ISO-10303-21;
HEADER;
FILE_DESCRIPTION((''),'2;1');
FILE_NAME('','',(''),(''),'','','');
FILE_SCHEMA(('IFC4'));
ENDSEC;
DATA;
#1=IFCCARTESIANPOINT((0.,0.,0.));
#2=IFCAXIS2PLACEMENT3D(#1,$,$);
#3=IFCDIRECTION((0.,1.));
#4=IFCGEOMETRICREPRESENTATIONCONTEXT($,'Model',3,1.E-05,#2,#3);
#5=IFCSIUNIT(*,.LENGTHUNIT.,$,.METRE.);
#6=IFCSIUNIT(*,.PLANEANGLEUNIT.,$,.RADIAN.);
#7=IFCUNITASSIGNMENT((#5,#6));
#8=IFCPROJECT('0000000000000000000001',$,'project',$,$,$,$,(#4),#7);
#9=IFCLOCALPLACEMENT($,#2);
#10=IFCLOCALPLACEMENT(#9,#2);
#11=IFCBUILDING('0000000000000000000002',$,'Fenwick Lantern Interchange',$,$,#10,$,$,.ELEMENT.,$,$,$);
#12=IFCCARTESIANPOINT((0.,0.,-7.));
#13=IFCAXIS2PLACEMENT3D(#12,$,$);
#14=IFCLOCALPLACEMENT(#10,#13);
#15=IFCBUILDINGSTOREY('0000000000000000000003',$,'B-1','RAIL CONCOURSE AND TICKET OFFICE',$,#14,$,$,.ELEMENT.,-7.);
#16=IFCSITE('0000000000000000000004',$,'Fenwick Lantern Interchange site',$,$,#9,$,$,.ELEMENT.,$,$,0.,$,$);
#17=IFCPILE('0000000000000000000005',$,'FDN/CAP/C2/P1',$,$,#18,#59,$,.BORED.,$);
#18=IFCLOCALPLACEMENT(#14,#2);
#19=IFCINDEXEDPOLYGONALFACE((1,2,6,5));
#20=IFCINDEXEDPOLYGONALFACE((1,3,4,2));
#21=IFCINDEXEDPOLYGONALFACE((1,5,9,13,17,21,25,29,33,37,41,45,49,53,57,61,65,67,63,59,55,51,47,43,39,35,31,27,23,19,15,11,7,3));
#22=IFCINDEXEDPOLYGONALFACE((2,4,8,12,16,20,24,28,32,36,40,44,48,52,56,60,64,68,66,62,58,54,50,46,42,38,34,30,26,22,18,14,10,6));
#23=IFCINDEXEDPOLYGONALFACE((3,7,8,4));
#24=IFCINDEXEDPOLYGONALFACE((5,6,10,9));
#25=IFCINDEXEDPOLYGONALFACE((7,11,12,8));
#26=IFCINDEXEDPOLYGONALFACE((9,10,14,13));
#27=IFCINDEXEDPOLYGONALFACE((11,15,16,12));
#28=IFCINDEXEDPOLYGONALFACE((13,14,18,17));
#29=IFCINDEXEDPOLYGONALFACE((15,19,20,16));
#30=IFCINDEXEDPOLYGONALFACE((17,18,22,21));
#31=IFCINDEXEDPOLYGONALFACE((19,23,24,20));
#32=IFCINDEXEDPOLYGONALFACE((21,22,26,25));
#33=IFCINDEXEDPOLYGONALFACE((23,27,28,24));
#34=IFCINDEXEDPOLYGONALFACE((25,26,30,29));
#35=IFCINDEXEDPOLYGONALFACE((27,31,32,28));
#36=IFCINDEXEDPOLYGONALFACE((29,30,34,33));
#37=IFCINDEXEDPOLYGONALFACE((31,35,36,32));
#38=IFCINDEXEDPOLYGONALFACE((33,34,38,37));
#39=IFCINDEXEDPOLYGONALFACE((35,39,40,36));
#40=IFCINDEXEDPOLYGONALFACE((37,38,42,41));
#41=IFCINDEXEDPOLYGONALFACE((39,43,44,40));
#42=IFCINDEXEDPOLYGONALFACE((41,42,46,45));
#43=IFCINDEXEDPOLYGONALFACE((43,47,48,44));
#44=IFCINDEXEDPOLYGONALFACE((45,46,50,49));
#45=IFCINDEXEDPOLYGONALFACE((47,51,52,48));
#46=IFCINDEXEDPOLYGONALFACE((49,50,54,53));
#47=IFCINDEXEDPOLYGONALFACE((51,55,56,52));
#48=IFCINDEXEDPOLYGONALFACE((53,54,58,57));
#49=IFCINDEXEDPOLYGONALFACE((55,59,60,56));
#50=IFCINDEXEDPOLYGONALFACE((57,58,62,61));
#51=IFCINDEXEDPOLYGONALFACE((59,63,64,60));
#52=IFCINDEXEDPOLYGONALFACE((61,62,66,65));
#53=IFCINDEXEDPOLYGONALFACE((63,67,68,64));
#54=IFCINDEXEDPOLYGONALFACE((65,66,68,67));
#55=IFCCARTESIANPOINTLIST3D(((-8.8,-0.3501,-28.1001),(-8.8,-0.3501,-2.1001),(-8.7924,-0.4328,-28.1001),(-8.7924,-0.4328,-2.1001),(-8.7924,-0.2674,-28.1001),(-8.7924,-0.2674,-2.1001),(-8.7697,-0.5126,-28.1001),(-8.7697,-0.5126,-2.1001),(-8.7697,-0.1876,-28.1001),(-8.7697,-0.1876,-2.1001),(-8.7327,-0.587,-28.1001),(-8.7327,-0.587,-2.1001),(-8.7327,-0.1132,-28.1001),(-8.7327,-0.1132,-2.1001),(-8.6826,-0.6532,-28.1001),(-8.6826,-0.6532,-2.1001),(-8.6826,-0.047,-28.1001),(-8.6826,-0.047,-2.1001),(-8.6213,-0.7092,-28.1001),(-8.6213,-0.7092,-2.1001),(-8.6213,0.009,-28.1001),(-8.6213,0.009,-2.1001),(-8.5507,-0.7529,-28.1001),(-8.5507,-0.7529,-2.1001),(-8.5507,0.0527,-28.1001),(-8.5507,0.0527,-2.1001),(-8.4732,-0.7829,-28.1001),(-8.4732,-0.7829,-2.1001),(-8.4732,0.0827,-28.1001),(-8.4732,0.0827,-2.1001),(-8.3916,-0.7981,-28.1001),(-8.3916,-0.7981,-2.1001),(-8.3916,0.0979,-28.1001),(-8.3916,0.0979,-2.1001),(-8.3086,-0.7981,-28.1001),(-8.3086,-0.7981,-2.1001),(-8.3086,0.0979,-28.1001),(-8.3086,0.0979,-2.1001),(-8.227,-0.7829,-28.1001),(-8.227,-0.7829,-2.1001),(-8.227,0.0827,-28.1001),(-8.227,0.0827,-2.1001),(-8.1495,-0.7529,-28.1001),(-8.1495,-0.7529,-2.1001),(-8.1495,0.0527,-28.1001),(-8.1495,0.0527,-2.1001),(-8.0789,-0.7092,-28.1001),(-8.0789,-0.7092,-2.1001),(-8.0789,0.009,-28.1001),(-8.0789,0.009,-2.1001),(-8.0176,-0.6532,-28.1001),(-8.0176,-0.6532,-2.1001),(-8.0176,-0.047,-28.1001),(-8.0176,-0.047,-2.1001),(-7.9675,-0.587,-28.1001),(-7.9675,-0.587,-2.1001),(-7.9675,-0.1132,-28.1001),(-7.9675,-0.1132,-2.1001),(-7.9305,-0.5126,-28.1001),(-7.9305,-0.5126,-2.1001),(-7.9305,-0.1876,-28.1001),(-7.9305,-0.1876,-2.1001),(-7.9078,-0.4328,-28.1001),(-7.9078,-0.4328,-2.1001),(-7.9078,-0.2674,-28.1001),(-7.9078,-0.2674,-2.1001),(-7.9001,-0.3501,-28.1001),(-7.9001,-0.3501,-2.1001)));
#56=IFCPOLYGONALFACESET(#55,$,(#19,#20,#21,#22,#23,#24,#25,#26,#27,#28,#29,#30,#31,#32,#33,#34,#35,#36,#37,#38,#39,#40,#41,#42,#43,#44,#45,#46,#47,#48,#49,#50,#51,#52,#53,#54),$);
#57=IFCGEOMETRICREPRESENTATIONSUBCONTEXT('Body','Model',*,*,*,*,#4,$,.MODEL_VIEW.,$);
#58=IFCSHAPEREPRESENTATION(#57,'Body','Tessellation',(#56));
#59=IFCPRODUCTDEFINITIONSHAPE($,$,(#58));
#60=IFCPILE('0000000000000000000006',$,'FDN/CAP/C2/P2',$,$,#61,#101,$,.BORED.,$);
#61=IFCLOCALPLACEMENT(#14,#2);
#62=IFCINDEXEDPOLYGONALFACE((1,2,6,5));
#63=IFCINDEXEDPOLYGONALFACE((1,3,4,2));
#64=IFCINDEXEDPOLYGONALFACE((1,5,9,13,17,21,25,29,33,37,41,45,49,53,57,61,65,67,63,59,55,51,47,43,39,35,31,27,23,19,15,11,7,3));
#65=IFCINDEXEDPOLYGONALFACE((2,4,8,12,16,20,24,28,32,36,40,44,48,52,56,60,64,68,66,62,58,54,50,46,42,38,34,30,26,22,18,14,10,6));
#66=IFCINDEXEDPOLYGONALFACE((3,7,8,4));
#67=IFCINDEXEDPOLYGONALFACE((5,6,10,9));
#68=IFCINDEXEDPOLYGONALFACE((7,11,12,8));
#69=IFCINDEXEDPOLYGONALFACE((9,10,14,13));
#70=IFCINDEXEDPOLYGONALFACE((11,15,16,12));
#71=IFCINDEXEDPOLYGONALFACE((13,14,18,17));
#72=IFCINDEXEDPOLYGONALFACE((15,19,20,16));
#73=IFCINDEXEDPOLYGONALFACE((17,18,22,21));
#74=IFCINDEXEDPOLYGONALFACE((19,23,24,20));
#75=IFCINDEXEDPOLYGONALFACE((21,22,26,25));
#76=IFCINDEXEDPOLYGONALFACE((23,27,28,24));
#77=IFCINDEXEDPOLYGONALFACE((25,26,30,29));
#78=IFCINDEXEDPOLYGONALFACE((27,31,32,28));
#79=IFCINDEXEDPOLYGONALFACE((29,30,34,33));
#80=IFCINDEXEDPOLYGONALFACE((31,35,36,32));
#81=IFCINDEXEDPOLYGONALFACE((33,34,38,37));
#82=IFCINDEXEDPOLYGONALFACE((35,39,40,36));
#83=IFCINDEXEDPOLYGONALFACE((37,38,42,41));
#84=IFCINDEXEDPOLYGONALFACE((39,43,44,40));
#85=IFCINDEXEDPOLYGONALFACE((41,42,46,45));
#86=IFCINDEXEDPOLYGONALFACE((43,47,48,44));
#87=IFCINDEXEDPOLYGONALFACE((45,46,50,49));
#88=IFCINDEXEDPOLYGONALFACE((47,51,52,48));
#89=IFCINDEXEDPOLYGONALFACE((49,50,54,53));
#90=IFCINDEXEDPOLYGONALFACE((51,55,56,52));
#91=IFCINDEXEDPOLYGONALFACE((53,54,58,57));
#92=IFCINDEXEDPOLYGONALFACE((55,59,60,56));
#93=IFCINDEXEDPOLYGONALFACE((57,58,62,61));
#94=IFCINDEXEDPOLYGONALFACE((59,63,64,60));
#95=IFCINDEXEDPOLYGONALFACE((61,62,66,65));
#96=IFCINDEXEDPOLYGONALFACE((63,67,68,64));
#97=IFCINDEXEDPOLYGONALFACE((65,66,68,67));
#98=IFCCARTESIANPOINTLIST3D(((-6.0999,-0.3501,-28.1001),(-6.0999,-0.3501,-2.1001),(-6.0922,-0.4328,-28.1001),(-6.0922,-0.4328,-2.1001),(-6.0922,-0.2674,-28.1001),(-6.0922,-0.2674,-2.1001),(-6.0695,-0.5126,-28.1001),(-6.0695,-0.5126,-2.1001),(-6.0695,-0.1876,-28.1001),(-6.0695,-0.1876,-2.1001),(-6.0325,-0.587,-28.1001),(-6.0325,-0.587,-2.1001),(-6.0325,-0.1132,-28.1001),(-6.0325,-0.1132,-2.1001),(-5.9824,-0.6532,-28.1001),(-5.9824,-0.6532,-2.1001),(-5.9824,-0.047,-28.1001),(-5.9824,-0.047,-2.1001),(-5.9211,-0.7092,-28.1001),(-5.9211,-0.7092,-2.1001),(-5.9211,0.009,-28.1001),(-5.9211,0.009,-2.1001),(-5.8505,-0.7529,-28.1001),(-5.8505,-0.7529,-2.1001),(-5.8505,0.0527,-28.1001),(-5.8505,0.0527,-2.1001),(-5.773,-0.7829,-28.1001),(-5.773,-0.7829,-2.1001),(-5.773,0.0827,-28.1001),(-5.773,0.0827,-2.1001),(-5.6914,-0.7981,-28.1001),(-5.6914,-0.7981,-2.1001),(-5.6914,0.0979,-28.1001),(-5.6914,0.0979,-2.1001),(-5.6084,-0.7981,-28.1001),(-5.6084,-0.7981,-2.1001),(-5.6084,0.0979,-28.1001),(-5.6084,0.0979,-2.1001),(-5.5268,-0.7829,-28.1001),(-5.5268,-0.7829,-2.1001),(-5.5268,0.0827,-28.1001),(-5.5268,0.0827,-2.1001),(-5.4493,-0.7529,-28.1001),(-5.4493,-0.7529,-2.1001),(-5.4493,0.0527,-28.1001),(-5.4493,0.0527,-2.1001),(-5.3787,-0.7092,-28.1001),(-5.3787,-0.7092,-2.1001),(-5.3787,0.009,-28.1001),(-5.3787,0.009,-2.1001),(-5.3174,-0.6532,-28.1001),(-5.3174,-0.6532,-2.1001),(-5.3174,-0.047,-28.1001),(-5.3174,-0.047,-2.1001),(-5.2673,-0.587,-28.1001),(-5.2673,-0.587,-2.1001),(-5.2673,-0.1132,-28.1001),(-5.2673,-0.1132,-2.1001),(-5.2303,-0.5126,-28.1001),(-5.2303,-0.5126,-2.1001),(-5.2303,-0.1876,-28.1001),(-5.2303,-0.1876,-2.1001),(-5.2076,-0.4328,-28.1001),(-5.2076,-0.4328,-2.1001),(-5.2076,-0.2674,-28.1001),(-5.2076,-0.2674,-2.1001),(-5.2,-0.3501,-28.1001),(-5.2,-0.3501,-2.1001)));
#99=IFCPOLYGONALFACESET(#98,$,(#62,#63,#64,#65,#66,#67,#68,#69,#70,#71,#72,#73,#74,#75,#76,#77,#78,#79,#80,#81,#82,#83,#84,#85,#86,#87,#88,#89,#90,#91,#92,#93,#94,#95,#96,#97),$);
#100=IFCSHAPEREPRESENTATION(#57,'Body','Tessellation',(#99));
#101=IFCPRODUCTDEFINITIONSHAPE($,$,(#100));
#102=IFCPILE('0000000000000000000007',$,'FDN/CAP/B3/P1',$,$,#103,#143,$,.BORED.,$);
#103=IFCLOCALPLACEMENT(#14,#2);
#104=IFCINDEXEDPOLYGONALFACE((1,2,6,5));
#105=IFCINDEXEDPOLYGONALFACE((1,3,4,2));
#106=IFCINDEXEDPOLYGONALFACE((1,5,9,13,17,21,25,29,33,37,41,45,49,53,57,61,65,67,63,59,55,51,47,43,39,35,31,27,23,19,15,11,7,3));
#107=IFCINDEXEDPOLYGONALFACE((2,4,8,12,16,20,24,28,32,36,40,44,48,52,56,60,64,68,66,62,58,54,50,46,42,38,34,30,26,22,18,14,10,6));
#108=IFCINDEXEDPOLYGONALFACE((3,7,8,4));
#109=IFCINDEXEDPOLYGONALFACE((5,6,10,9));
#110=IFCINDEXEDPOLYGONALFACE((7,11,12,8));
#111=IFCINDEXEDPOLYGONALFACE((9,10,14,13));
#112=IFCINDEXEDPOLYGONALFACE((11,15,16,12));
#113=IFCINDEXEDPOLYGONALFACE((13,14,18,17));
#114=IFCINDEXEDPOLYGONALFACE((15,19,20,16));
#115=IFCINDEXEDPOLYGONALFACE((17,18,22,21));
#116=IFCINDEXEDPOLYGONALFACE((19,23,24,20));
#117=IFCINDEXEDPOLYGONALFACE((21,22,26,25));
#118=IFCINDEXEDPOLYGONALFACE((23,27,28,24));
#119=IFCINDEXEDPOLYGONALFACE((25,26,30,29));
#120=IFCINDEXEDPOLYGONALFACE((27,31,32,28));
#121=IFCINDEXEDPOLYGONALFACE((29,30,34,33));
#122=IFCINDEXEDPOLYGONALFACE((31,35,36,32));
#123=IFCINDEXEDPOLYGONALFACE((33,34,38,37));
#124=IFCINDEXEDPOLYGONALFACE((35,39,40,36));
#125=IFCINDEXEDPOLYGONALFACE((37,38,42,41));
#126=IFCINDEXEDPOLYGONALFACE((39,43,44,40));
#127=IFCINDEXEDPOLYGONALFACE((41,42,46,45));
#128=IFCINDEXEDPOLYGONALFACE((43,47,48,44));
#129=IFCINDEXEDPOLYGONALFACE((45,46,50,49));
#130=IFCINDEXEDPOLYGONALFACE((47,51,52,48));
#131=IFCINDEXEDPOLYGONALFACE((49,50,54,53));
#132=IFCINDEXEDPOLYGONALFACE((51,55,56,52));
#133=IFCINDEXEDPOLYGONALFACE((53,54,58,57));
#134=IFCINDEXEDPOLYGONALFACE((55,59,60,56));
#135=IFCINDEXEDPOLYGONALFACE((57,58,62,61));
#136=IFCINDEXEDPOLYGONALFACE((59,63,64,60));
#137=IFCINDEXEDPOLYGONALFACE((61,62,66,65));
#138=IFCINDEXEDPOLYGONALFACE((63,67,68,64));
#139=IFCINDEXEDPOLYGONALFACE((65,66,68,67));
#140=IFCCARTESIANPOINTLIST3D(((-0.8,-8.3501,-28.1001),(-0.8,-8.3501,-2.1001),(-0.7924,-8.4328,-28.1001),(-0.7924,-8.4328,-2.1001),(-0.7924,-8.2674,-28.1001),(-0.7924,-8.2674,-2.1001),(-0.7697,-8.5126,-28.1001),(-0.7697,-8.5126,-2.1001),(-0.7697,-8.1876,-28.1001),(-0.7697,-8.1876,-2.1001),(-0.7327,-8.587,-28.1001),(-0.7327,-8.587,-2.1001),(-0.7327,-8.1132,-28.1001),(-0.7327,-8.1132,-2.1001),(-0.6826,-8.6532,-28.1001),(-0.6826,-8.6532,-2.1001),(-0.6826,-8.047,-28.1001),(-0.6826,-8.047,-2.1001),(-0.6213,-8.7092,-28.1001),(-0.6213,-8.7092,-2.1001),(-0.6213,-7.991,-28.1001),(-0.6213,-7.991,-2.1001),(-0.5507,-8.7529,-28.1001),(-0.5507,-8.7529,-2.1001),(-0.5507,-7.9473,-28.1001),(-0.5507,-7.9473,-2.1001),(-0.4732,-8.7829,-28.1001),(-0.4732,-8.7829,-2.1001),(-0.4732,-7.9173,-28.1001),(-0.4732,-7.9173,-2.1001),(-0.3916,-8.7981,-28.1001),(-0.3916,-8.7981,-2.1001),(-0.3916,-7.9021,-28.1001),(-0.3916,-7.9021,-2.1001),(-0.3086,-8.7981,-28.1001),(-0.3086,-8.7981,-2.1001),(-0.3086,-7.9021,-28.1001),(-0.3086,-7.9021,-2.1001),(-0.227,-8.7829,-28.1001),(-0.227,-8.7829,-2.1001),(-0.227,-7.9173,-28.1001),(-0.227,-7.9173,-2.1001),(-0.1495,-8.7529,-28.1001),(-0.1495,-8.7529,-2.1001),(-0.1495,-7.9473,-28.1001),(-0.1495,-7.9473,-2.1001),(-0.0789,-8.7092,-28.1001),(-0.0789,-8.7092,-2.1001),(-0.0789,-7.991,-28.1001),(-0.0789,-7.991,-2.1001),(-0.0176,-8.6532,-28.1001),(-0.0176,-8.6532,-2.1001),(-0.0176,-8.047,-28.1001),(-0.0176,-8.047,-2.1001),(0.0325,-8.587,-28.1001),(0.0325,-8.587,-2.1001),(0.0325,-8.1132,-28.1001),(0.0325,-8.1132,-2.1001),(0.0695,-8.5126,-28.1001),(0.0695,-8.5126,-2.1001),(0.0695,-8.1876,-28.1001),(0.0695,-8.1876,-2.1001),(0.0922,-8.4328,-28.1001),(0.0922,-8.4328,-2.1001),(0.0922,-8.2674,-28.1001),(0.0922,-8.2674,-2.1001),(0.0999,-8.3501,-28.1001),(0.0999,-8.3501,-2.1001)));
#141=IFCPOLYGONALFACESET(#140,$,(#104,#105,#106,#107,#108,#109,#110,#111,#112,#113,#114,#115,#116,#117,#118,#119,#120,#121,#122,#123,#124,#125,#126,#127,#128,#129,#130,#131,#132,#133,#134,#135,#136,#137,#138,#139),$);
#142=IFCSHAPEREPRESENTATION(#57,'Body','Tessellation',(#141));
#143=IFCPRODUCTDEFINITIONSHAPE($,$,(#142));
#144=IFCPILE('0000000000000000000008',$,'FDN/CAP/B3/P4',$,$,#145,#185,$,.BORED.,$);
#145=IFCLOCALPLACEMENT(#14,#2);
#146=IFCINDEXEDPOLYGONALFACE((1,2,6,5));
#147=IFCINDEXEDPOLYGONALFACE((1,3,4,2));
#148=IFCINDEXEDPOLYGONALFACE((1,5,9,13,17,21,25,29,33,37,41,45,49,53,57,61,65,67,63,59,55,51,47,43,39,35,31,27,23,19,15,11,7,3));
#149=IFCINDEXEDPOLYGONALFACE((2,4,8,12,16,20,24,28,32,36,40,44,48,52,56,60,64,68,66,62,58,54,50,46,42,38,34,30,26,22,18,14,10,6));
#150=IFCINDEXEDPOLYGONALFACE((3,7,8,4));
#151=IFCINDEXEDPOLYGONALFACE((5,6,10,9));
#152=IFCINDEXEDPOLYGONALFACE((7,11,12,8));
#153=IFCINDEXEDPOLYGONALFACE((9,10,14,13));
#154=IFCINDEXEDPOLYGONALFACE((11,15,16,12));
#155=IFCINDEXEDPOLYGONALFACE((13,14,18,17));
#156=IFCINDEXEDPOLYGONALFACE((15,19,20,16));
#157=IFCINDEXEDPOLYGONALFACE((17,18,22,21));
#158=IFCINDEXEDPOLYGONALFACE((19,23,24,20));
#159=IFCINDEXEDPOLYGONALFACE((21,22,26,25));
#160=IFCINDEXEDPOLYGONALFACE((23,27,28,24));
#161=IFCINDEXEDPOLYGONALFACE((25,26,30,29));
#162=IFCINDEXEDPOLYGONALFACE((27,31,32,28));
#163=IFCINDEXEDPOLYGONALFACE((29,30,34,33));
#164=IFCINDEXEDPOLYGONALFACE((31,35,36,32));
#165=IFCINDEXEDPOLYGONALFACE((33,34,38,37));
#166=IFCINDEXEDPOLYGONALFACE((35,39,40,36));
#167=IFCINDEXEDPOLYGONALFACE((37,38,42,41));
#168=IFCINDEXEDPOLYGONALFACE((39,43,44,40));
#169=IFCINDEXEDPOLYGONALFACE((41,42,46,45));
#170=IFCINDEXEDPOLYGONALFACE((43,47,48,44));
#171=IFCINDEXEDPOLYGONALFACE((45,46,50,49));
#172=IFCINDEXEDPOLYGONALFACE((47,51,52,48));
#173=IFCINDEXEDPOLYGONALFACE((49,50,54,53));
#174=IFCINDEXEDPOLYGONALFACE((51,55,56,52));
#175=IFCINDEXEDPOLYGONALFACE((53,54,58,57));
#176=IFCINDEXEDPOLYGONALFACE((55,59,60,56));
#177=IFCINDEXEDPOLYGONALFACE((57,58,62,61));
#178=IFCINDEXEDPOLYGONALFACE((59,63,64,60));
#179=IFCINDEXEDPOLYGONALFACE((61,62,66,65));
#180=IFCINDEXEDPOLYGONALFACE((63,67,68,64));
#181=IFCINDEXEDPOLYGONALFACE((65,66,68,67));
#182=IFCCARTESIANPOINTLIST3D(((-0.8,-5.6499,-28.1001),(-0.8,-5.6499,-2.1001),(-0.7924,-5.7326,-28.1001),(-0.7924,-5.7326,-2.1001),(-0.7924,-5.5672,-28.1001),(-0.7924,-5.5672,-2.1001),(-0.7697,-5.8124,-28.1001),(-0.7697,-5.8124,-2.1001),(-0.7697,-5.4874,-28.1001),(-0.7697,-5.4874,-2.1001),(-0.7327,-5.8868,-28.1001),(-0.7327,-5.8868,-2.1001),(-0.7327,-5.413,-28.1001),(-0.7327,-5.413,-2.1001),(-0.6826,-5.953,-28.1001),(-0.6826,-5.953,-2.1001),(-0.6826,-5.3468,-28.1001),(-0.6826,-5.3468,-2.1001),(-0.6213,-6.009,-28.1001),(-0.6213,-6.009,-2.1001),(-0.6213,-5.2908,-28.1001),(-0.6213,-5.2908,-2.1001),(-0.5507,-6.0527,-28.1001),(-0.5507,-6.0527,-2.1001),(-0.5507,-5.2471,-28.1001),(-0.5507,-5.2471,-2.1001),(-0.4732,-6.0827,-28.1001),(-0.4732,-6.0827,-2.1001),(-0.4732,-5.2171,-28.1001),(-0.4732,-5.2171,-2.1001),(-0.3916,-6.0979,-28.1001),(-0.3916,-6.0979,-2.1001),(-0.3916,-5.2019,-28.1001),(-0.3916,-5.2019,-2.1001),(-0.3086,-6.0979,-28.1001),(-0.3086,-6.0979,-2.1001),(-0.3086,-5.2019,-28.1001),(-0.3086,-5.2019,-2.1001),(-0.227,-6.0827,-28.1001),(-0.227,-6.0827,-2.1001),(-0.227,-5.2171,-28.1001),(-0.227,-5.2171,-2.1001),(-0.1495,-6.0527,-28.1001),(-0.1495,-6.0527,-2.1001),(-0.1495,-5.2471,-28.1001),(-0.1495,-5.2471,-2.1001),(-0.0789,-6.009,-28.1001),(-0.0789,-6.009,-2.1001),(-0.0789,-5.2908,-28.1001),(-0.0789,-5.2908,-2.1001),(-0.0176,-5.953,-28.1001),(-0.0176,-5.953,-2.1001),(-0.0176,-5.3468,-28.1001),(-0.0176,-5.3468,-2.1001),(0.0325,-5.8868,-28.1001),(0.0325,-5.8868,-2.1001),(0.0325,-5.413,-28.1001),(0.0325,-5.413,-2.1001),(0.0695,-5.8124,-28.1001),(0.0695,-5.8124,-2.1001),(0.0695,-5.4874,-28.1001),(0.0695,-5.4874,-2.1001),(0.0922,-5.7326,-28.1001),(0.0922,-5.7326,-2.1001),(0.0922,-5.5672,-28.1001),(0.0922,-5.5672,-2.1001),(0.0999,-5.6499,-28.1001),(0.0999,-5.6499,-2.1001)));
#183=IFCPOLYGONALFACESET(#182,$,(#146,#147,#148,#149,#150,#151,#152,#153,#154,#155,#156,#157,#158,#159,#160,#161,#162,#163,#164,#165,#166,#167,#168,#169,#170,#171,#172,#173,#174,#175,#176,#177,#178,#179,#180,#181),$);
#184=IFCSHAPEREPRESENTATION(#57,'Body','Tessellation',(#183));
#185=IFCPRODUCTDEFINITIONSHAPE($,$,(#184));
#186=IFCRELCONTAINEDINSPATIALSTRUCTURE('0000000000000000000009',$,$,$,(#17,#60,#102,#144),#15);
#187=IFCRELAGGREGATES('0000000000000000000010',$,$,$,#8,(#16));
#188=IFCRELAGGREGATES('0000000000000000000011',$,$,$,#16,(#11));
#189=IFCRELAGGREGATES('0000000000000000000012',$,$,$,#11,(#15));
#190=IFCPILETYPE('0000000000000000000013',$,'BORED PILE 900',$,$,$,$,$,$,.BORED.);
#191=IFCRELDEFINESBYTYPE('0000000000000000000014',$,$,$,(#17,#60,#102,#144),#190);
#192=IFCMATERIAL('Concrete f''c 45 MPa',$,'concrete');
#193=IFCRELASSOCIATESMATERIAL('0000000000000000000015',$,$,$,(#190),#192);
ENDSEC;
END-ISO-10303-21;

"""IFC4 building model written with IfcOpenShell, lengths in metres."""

from ifc_helpers import new_model, si_unit, direction, frame, origin, origin_2d, place, context, subcontext, project, spatial, circle, extrude, material, type_object, element, save


model = new_model("IFC4")

# Units and contexts
model_context = context("Model", 3, precision=1e-05, world=origin(), true_north=direction((0.0, 1.0)))
body_context = subcontext(model_context, "Body", "Model", "MODEL_VIEW")
ifc_project = project(units=[si_unit("LENGTHUNIT", "METRE"), si_unit("PLANEANGLEUNIT", "RADIAN")], contexts=[model_context])

# Site, building, storey
site_placement = place(None, origin())
site = spatial("IfcSite", under=ifc_project, at=site_placement, Name="Fenwick Lantern Interchange site", CompositionType="ELEMENT", RefElevation=0.0)
building_placement = place(site_placement, origin())
building = spatial("IfcBuilding", under=site, at=building_placement, Name="Fenwick Lantern Interchange", CompositionType="ELEMENT")
storey_placement = place(building_placement, frame((0.0, 0.0, -7.0)))
storey = spatial("IfcBuildingStorey", under=building, at=storey_placement, Name="B-1", Description="RAIL CONCOURSE AND TICKET OFFICE", CompositionType="ELEMENT", Elevation=-7.0)

# Piles
ifc_material_1 = material(Name="Concrete f'c 45 MPa", Category="concrete")
pile_type = type_object("IfcPileType", Name="BORED PILE 900", PredefinedType="BORED", material=ifc_material_1)
for number, where, z_axis, x_axis, name in (
    (1, (-8.3501, -0.3501, -2.1001), (0.0, 0.0, -1.0), (1.0, 0.0, 0.0), "FDN/CAP/C2/P1"),
    (2, (-5.6499, -0.3501, -2.1001), (0.0, 0.0, -1.0), (1.0, 0.0, 0.0), "FDN/CAP/C2/P2"),
    (3, (-0.3501, -8.3501, -2.1001), (0.0, 0.0, -1.0), (1.0, 0.0, 0.0), "FDN/CAP/B3/P1"),
    (4, (-0.3501, -5.6499, -2.1001), (0.0, 0.0, -1.0), (1.0, 0.0, 0.0), "FDN/CAP/B3/P4"),
):
    element("IfcPile", number, at=place(storey_placement, frame(where, z_axis=z_axis, x_axis=x_axis)), inside=storey, type_object=pile_type, Name=name, PredefinedType="BORED", context=body_context, shape_type="SweptSolid", body=[
        extrude(circle(Radius=0.45, at=origin_2d()), origin(), (0.0, 0.0, 1.0), 26.0),
    ])

save(model, "model.ifc")
